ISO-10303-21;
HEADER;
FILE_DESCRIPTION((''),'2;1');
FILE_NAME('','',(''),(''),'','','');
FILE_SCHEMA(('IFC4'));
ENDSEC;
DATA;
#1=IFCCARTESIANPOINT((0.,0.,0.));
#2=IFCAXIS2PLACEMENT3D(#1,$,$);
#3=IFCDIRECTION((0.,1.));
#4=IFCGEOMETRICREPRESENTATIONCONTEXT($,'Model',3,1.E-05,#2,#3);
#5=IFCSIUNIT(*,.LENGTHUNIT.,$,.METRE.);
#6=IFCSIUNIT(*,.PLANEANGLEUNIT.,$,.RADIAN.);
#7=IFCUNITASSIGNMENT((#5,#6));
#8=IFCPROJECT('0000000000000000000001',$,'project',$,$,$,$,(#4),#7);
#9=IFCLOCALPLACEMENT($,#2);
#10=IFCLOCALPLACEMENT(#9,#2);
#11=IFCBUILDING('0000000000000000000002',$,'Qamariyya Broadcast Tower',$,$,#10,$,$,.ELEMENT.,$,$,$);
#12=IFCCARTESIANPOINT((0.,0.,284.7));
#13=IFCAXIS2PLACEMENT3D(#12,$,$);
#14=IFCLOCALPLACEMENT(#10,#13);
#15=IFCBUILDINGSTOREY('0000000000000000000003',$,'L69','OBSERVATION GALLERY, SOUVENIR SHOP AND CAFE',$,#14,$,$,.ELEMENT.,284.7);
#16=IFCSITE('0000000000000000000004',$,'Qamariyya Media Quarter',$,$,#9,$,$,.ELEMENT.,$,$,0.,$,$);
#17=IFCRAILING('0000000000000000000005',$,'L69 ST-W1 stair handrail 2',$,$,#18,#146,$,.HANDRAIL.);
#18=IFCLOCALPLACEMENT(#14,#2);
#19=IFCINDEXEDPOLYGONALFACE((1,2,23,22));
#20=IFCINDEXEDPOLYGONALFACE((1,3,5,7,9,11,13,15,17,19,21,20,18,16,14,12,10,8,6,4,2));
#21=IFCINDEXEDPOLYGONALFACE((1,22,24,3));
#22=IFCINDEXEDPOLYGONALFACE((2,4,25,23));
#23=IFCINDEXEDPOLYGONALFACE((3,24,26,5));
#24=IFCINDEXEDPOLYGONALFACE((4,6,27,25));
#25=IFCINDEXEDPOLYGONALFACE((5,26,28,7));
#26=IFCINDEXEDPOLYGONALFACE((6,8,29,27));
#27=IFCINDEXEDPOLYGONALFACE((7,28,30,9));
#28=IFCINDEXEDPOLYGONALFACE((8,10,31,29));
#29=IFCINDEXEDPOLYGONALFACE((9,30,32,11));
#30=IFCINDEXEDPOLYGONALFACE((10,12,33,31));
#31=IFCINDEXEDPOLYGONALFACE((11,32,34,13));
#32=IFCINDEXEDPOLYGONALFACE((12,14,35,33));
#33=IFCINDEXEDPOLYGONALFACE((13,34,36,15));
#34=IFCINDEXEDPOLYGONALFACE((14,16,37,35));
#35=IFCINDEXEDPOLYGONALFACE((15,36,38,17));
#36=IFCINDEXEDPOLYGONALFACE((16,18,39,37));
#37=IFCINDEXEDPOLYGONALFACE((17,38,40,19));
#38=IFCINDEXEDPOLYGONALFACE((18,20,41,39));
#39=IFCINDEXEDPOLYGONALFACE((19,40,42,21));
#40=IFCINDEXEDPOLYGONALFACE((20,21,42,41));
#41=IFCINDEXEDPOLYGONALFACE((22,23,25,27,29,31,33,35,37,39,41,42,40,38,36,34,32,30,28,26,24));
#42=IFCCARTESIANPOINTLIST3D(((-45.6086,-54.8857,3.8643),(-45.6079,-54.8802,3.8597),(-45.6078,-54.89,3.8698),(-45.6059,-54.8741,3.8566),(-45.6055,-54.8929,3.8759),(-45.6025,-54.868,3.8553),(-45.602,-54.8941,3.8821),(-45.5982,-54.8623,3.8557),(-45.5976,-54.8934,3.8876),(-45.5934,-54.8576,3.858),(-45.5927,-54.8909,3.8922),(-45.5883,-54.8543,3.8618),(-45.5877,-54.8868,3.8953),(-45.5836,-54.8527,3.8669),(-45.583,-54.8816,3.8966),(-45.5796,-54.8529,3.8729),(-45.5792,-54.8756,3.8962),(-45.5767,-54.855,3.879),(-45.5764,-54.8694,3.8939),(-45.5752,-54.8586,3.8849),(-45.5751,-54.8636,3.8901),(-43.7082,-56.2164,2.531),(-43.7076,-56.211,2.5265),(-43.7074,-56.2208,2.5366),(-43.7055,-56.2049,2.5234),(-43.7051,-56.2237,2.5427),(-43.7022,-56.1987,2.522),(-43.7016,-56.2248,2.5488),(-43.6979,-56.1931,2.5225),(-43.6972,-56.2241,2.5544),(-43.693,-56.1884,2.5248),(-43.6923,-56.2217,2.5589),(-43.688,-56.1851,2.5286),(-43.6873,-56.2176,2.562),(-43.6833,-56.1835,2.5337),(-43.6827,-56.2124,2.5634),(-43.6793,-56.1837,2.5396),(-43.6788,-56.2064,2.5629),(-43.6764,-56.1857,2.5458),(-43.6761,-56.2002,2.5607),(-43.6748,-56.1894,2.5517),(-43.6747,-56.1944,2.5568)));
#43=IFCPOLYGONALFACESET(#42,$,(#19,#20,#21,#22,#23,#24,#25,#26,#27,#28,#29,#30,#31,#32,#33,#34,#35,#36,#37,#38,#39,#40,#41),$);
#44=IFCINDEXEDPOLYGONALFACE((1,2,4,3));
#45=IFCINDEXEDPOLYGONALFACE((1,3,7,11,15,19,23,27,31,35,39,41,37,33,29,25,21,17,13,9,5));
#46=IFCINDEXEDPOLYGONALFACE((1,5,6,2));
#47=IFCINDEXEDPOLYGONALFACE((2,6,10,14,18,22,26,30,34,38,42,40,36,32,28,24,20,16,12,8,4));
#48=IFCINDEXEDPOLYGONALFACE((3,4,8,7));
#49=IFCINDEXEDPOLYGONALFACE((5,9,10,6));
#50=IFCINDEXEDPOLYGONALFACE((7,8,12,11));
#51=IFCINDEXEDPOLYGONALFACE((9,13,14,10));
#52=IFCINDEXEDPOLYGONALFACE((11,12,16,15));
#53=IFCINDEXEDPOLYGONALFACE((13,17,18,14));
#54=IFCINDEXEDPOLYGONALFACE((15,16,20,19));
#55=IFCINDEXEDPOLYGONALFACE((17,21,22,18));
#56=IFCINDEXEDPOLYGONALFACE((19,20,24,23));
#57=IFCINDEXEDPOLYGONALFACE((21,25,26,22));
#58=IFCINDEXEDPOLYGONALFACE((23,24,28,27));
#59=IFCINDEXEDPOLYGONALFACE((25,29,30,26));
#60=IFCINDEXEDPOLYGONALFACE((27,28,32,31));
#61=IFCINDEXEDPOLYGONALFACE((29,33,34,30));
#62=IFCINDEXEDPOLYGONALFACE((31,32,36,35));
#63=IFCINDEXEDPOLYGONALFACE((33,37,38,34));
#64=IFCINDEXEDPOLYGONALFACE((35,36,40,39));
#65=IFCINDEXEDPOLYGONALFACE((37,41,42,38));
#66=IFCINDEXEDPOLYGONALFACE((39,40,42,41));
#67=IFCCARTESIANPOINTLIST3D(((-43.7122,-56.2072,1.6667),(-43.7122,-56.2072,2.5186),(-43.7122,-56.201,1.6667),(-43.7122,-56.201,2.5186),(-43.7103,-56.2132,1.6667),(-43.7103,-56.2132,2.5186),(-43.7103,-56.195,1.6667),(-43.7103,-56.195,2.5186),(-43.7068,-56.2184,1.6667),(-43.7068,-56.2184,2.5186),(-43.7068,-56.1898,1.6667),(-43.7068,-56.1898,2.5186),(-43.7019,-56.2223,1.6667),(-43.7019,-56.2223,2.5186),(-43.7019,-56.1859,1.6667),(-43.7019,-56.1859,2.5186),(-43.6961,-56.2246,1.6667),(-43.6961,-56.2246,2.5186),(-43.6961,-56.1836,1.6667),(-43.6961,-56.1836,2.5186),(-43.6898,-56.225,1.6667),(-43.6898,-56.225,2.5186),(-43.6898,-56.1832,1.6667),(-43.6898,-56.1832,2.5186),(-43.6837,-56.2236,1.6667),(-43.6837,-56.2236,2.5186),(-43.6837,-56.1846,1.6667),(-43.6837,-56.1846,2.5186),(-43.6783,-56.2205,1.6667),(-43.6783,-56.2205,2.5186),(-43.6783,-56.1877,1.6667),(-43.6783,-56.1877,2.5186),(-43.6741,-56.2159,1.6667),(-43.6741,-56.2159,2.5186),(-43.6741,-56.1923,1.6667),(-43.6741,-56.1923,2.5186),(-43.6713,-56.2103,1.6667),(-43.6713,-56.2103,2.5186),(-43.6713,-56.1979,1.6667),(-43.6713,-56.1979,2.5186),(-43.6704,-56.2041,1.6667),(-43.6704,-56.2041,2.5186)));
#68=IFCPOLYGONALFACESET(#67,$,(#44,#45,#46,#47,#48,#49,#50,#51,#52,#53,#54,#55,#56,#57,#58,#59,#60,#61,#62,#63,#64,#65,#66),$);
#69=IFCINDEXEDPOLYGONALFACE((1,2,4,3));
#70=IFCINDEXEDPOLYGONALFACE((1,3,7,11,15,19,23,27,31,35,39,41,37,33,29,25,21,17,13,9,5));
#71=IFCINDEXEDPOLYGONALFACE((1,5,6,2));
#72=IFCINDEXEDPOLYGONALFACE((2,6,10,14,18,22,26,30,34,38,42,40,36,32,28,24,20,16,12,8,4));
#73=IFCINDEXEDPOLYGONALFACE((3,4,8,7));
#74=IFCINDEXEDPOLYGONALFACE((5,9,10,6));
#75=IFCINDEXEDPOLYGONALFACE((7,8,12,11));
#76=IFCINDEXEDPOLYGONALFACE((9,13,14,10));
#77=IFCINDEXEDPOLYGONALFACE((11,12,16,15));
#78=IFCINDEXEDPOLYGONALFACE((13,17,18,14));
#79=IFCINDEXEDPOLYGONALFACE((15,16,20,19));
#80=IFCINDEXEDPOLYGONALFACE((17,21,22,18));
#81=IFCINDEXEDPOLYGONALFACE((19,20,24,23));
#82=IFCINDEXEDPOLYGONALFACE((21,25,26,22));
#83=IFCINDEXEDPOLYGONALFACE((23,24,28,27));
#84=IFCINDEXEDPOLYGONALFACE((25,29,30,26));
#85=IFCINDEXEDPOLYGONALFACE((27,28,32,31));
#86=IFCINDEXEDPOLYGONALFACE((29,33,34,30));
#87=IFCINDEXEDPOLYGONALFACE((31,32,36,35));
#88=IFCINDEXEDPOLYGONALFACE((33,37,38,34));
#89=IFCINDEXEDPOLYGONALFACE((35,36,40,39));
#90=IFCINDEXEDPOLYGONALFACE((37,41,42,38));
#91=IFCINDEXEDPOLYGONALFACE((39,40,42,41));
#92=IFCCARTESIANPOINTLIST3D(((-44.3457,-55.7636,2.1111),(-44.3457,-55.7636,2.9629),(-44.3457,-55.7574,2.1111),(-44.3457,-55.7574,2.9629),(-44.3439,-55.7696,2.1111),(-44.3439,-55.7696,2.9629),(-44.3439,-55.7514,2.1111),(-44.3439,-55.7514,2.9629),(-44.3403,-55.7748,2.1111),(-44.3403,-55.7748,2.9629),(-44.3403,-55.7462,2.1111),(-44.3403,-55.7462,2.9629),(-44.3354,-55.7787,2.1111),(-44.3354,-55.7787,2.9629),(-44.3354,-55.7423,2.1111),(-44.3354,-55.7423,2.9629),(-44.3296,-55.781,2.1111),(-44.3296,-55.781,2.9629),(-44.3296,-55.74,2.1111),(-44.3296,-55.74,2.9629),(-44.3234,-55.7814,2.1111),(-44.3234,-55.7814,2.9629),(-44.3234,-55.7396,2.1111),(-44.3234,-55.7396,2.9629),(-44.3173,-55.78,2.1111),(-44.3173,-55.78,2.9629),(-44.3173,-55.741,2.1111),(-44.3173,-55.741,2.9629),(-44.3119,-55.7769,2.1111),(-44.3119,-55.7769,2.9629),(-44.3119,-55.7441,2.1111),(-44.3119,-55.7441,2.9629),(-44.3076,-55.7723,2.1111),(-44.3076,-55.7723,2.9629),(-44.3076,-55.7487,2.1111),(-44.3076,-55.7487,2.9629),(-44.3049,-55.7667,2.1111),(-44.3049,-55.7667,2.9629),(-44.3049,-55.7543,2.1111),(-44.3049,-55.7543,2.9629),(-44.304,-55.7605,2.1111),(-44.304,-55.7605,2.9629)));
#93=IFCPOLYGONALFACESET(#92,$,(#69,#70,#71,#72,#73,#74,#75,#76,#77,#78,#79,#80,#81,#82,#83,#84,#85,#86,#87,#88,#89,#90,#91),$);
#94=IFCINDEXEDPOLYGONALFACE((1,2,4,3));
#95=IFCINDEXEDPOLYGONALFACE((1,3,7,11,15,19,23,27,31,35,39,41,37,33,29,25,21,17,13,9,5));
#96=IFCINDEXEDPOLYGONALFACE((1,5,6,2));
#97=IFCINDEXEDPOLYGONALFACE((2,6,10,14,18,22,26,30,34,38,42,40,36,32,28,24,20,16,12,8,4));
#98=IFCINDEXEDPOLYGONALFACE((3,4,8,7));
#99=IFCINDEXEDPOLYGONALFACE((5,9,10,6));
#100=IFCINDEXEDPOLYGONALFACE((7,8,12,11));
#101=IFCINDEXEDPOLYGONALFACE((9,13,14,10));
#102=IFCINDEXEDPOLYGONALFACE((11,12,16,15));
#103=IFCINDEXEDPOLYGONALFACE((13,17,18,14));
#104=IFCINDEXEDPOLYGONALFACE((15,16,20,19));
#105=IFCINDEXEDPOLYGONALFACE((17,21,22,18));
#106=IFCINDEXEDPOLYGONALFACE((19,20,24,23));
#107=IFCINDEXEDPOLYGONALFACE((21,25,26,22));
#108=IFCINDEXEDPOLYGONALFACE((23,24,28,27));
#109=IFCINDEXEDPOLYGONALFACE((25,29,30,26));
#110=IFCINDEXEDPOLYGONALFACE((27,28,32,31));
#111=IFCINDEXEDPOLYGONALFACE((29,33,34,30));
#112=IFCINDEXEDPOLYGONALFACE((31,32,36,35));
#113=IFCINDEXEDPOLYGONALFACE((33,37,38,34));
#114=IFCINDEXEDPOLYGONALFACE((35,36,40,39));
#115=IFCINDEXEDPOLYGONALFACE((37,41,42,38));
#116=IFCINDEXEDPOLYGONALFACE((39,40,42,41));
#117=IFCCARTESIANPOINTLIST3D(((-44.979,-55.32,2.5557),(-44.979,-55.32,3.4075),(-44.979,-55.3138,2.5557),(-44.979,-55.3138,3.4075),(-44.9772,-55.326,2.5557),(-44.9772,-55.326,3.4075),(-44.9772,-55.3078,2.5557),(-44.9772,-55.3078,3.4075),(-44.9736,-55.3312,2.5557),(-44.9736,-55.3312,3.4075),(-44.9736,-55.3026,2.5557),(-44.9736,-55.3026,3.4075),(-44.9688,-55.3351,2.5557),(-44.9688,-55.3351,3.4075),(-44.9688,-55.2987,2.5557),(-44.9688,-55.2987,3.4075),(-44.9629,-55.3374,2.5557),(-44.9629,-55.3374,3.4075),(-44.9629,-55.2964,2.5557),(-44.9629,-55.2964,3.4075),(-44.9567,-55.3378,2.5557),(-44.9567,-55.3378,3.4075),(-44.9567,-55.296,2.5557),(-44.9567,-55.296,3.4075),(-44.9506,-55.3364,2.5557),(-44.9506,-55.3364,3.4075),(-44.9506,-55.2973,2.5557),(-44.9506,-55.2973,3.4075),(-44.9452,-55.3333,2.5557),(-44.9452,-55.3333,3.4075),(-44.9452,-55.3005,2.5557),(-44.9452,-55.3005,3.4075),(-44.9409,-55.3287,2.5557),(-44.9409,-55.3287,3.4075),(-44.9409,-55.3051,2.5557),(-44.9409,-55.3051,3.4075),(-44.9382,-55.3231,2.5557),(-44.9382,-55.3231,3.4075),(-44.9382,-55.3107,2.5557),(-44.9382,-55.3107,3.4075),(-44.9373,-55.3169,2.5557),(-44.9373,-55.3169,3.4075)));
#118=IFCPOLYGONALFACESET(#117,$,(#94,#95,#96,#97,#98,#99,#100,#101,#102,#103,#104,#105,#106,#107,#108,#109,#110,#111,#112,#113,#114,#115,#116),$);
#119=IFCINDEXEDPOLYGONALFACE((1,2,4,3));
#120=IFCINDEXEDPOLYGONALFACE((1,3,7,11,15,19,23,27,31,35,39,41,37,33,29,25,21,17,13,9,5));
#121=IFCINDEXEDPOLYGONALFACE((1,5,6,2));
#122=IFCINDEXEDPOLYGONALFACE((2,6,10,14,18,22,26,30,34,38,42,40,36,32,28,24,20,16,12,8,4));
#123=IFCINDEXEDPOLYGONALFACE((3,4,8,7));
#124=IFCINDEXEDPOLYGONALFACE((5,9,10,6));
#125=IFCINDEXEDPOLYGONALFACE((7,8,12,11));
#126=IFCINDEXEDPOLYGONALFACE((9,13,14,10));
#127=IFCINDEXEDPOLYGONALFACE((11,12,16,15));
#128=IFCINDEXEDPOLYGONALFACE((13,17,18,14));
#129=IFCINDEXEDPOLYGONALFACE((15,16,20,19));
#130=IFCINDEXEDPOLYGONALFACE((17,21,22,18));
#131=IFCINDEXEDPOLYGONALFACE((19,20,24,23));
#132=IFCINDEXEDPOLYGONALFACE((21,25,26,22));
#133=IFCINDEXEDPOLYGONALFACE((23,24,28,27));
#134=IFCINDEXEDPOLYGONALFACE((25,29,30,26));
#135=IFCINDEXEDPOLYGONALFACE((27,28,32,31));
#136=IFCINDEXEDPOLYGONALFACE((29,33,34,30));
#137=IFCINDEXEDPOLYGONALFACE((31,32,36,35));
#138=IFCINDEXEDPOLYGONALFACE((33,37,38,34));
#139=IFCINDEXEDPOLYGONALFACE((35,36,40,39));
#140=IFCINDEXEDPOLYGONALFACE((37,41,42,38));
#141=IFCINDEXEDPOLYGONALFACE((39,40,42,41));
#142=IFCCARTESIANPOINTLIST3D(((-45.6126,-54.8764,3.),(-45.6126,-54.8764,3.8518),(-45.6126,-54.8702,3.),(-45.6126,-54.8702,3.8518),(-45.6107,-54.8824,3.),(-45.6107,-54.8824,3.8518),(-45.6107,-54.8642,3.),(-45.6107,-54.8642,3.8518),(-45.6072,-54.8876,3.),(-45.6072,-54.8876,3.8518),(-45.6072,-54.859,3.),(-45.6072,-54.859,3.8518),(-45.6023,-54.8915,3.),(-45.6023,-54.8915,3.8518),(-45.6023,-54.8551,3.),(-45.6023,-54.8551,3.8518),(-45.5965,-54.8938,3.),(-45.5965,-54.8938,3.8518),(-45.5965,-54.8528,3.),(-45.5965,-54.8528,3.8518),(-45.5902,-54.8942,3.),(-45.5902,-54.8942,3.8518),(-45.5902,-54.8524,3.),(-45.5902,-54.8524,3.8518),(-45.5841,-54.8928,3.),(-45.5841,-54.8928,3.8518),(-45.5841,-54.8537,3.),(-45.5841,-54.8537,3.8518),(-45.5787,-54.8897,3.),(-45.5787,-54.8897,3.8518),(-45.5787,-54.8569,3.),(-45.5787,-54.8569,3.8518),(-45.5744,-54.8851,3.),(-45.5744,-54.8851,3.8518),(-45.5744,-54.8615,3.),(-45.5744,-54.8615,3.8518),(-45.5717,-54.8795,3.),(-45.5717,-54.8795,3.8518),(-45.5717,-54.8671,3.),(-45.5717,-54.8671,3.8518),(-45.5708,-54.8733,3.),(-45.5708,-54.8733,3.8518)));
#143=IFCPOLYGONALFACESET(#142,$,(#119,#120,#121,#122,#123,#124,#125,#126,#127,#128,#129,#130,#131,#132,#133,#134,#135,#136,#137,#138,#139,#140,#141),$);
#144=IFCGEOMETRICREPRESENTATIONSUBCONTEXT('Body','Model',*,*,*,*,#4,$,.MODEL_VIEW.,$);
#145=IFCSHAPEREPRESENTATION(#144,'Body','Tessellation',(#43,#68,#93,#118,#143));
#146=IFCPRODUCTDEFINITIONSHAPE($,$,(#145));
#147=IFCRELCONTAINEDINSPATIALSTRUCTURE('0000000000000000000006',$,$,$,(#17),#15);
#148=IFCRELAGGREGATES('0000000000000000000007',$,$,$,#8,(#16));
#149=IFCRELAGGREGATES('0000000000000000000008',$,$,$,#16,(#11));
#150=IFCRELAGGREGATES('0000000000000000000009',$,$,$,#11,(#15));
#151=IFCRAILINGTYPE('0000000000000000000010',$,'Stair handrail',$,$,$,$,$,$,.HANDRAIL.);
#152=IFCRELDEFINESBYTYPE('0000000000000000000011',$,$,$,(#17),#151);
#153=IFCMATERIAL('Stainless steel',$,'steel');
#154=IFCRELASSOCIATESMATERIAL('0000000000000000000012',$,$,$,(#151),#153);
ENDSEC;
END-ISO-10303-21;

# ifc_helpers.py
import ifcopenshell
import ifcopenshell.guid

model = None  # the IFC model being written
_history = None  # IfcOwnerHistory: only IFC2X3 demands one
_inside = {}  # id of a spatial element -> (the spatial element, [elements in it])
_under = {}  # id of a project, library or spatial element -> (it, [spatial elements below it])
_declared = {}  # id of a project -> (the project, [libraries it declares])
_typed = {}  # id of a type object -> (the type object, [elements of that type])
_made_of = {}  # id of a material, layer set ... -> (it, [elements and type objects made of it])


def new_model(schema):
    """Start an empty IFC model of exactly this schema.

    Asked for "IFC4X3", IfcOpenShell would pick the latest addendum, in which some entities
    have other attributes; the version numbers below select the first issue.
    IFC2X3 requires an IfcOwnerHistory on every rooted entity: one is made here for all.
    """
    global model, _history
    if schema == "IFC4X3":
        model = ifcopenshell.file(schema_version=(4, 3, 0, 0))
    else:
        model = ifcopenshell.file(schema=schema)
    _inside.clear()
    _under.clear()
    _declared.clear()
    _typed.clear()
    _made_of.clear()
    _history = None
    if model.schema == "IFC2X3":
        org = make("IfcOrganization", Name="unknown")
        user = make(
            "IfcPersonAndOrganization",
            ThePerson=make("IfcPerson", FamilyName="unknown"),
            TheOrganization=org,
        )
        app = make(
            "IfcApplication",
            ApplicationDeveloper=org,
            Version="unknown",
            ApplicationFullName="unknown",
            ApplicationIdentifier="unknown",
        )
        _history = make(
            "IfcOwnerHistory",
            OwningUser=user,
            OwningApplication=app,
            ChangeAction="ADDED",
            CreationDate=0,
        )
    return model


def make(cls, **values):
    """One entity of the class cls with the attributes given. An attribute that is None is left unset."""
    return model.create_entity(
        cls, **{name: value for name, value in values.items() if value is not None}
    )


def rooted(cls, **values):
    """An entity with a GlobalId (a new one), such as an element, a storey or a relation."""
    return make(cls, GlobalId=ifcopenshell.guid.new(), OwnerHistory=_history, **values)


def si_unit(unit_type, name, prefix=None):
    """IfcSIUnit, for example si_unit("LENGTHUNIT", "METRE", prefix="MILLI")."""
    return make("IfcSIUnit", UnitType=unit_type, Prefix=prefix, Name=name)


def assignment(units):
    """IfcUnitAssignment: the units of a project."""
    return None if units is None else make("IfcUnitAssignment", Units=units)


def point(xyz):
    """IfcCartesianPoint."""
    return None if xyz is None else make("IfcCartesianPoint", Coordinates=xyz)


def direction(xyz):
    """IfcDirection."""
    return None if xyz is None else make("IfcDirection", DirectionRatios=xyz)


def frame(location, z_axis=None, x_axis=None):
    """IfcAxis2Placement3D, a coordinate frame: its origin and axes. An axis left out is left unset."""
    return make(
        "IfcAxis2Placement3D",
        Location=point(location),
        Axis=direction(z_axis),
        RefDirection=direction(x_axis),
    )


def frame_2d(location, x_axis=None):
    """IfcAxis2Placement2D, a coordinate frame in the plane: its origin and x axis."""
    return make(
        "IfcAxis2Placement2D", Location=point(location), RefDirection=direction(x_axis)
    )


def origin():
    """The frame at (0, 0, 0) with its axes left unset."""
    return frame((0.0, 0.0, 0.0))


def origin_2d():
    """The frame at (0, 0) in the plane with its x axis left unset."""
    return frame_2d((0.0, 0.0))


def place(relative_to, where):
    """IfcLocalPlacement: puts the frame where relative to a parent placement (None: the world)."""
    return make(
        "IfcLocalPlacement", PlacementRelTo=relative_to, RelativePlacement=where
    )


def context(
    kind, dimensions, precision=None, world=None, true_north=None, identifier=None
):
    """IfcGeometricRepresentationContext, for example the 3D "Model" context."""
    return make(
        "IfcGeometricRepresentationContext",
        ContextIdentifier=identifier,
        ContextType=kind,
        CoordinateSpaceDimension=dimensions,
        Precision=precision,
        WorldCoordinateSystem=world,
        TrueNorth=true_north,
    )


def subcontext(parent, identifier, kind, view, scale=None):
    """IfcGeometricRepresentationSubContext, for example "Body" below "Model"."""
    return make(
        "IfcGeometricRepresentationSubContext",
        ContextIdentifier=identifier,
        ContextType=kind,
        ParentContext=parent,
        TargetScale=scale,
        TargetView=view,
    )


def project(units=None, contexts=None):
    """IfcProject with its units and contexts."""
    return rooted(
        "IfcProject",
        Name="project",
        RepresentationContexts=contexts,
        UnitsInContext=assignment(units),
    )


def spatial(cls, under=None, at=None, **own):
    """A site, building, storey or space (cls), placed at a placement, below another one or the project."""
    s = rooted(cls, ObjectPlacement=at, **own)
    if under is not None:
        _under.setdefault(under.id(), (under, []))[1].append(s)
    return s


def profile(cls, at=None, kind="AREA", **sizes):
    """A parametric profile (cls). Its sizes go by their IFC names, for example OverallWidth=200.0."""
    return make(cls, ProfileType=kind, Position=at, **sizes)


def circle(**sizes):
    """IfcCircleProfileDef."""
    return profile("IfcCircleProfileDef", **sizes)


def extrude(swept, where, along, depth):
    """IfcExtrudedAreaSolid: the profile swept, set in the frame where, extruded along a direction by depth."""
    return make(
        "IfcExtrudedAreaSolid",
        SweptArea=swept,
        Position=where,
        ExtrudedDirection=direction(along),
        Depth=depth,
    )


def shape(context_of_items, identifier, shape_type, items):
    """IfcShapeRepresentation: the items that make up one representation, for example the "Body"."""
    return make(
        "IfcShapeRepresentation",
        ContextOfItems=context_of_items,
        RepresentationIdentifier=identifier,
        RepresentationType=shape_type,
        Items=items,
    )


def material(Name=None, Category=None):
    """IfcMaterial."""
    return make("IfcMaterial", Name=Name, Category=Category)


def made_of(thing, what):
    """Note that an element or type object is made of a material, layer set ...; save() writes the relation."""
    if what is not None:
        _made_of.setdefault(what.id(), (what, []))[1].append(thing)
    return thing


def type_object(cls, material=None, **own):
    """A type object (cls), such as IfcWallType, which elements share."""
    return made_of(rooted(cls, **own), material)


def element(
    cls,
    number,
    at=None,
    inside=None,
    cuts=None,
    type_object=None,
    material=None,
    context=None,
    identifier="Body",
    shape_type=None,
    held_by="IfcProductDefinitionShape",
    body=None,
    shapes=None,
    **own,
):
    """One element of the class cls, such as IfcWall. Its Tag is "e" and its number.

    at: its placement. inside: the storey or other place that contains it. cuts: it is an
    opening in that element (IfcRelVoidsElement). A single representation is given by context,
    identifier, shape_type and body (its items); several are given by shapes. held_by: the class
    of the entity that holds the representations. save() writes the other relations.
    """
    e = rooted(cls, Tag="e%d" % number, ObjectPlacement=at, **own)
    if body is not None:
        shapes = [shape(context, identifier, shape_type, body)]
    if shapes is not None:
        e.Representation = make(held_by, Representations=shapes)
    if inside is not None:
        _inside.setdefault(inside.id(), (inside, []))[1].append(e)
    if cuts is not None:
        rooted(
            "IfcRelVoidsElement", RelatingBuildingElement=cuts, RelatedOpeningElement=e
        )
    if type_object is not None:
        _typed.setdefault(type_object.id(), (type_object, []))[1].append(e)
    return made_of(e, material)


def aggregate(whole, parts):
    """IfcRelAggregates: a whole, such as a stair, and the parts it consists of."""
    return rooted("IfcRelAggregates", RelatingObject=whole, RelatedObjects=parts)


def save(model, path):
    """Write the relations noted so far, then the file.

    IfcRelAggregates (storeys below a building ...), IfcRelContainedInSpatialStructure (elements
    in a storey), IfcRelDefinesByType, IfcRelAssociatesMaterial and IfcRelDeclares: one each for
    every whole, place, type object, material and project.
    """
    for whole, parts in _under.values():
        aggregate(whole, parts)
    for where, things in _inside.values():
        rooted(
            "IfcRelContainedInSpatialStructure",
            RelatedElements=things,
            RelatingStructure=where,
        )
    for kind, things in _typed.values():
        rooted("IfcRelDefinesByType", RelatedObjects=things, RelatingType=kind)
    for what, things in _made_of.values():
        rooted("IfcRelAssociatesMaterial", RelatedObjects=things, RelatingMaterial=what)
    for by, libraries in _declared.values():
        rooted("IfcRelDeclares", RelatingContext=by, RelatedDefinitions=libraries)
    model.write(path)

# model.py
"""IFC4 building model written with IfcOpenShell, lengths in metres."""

from ifc_helpers import new_model, si_unit, direction, frame, origin, origin_2d, place, context, subcontext, project, spatial, circle, extrude, material, type_object, element, save


model = new_model("IFC4")

# Units and contexts
model_context = context("Model", 3, precision=1e-05, world=origin(), true_north=direction((0.0, 1.0)))
body_context = subcontext(model_context, "Body", "Model", "MODEL_VIEW")
ifc_project = project(units=[si_unit("LENGTHUNIT", "METRE"), si_unit("PLANEANGLEUNIT", "RADIAN")], contexts=[model_context])

# Site, building, storey
site_placement = place(None, origin())
site = spatial("IfcSite", under=ifc_project, at=site_placement, Name="Qamariyya Media Quarter", CompositionType="ELEMENT", RefElevation=0.0)
building_placement = place(site_placement, origin())
building = spatial("IfcBuilding", under=site, at=building_placement, Name="Qamariyya Broadcast Tower", CompositionType="ELEMENT")
storey_placement = place(building_placement, frame((0.0, 0.0, 284.7)))
storey = spatial("IfcBuildingStorey", under=building, at=storey_placement, Name="L69", Description="OBSERVATION GALLERY, SOUVENIR SHOP AND CAFE", CompositionType="ELEMENT", Elevation=284.7)

# Railing
ifc_material_1 = material(Name="Stainless steel", Category="steel")
railing_type_1 = type_object("IfcRailingType", Name="Stair handrail", PredefinedType="HANDRAIL", material=ifc_material_1)
railing_1_placement = place(storey_placement, frame((-43.6914, -56.2041, 1.6667)))
element("IfcRailing", 1, at=railing_1_placement, inside=storey, type_object=railing_type_1, Name="L69 ST-W1 stair handrail 2", PredefinedType="HANDRAIL", context=body_context, shape_type="SweptSolid", body=[
    extrude(circle(Radius=0.0239, at=origin_2d()), frame((0.0, 0.0, 0.876), z_axis=(-0.710204, 0.497344, 0.498256), x_axis=(-0.573618, -0.819123, 0.0)), (0.0, 0.0, 1.0), 2.6758),
    extrude(circle(Radius=0.021, at=origin_2d()), origin(), (0.0, 0.0, 1.0), 0.8518),
    extrude(circle(Radius=0.021, at=origin_2d()), frame((-0.6335, 0.4436, 0.4443)), (0.0, 0.0, 1.0), 0.8518),
    extrude(circle(Radius=0.021, at=origin_2d()), frame((-1.2668, 0.8872, 0.8889)), (0.0, 0.0, 1.0), 0.8518),
    extrude(circle(Radius=0.021, at=origin_2d()), frame((-1.9004, 1.3308, 1.3333)), (0.0, 0.0, 1.0), 0.8518),
])

save(model, "model.ifc")
